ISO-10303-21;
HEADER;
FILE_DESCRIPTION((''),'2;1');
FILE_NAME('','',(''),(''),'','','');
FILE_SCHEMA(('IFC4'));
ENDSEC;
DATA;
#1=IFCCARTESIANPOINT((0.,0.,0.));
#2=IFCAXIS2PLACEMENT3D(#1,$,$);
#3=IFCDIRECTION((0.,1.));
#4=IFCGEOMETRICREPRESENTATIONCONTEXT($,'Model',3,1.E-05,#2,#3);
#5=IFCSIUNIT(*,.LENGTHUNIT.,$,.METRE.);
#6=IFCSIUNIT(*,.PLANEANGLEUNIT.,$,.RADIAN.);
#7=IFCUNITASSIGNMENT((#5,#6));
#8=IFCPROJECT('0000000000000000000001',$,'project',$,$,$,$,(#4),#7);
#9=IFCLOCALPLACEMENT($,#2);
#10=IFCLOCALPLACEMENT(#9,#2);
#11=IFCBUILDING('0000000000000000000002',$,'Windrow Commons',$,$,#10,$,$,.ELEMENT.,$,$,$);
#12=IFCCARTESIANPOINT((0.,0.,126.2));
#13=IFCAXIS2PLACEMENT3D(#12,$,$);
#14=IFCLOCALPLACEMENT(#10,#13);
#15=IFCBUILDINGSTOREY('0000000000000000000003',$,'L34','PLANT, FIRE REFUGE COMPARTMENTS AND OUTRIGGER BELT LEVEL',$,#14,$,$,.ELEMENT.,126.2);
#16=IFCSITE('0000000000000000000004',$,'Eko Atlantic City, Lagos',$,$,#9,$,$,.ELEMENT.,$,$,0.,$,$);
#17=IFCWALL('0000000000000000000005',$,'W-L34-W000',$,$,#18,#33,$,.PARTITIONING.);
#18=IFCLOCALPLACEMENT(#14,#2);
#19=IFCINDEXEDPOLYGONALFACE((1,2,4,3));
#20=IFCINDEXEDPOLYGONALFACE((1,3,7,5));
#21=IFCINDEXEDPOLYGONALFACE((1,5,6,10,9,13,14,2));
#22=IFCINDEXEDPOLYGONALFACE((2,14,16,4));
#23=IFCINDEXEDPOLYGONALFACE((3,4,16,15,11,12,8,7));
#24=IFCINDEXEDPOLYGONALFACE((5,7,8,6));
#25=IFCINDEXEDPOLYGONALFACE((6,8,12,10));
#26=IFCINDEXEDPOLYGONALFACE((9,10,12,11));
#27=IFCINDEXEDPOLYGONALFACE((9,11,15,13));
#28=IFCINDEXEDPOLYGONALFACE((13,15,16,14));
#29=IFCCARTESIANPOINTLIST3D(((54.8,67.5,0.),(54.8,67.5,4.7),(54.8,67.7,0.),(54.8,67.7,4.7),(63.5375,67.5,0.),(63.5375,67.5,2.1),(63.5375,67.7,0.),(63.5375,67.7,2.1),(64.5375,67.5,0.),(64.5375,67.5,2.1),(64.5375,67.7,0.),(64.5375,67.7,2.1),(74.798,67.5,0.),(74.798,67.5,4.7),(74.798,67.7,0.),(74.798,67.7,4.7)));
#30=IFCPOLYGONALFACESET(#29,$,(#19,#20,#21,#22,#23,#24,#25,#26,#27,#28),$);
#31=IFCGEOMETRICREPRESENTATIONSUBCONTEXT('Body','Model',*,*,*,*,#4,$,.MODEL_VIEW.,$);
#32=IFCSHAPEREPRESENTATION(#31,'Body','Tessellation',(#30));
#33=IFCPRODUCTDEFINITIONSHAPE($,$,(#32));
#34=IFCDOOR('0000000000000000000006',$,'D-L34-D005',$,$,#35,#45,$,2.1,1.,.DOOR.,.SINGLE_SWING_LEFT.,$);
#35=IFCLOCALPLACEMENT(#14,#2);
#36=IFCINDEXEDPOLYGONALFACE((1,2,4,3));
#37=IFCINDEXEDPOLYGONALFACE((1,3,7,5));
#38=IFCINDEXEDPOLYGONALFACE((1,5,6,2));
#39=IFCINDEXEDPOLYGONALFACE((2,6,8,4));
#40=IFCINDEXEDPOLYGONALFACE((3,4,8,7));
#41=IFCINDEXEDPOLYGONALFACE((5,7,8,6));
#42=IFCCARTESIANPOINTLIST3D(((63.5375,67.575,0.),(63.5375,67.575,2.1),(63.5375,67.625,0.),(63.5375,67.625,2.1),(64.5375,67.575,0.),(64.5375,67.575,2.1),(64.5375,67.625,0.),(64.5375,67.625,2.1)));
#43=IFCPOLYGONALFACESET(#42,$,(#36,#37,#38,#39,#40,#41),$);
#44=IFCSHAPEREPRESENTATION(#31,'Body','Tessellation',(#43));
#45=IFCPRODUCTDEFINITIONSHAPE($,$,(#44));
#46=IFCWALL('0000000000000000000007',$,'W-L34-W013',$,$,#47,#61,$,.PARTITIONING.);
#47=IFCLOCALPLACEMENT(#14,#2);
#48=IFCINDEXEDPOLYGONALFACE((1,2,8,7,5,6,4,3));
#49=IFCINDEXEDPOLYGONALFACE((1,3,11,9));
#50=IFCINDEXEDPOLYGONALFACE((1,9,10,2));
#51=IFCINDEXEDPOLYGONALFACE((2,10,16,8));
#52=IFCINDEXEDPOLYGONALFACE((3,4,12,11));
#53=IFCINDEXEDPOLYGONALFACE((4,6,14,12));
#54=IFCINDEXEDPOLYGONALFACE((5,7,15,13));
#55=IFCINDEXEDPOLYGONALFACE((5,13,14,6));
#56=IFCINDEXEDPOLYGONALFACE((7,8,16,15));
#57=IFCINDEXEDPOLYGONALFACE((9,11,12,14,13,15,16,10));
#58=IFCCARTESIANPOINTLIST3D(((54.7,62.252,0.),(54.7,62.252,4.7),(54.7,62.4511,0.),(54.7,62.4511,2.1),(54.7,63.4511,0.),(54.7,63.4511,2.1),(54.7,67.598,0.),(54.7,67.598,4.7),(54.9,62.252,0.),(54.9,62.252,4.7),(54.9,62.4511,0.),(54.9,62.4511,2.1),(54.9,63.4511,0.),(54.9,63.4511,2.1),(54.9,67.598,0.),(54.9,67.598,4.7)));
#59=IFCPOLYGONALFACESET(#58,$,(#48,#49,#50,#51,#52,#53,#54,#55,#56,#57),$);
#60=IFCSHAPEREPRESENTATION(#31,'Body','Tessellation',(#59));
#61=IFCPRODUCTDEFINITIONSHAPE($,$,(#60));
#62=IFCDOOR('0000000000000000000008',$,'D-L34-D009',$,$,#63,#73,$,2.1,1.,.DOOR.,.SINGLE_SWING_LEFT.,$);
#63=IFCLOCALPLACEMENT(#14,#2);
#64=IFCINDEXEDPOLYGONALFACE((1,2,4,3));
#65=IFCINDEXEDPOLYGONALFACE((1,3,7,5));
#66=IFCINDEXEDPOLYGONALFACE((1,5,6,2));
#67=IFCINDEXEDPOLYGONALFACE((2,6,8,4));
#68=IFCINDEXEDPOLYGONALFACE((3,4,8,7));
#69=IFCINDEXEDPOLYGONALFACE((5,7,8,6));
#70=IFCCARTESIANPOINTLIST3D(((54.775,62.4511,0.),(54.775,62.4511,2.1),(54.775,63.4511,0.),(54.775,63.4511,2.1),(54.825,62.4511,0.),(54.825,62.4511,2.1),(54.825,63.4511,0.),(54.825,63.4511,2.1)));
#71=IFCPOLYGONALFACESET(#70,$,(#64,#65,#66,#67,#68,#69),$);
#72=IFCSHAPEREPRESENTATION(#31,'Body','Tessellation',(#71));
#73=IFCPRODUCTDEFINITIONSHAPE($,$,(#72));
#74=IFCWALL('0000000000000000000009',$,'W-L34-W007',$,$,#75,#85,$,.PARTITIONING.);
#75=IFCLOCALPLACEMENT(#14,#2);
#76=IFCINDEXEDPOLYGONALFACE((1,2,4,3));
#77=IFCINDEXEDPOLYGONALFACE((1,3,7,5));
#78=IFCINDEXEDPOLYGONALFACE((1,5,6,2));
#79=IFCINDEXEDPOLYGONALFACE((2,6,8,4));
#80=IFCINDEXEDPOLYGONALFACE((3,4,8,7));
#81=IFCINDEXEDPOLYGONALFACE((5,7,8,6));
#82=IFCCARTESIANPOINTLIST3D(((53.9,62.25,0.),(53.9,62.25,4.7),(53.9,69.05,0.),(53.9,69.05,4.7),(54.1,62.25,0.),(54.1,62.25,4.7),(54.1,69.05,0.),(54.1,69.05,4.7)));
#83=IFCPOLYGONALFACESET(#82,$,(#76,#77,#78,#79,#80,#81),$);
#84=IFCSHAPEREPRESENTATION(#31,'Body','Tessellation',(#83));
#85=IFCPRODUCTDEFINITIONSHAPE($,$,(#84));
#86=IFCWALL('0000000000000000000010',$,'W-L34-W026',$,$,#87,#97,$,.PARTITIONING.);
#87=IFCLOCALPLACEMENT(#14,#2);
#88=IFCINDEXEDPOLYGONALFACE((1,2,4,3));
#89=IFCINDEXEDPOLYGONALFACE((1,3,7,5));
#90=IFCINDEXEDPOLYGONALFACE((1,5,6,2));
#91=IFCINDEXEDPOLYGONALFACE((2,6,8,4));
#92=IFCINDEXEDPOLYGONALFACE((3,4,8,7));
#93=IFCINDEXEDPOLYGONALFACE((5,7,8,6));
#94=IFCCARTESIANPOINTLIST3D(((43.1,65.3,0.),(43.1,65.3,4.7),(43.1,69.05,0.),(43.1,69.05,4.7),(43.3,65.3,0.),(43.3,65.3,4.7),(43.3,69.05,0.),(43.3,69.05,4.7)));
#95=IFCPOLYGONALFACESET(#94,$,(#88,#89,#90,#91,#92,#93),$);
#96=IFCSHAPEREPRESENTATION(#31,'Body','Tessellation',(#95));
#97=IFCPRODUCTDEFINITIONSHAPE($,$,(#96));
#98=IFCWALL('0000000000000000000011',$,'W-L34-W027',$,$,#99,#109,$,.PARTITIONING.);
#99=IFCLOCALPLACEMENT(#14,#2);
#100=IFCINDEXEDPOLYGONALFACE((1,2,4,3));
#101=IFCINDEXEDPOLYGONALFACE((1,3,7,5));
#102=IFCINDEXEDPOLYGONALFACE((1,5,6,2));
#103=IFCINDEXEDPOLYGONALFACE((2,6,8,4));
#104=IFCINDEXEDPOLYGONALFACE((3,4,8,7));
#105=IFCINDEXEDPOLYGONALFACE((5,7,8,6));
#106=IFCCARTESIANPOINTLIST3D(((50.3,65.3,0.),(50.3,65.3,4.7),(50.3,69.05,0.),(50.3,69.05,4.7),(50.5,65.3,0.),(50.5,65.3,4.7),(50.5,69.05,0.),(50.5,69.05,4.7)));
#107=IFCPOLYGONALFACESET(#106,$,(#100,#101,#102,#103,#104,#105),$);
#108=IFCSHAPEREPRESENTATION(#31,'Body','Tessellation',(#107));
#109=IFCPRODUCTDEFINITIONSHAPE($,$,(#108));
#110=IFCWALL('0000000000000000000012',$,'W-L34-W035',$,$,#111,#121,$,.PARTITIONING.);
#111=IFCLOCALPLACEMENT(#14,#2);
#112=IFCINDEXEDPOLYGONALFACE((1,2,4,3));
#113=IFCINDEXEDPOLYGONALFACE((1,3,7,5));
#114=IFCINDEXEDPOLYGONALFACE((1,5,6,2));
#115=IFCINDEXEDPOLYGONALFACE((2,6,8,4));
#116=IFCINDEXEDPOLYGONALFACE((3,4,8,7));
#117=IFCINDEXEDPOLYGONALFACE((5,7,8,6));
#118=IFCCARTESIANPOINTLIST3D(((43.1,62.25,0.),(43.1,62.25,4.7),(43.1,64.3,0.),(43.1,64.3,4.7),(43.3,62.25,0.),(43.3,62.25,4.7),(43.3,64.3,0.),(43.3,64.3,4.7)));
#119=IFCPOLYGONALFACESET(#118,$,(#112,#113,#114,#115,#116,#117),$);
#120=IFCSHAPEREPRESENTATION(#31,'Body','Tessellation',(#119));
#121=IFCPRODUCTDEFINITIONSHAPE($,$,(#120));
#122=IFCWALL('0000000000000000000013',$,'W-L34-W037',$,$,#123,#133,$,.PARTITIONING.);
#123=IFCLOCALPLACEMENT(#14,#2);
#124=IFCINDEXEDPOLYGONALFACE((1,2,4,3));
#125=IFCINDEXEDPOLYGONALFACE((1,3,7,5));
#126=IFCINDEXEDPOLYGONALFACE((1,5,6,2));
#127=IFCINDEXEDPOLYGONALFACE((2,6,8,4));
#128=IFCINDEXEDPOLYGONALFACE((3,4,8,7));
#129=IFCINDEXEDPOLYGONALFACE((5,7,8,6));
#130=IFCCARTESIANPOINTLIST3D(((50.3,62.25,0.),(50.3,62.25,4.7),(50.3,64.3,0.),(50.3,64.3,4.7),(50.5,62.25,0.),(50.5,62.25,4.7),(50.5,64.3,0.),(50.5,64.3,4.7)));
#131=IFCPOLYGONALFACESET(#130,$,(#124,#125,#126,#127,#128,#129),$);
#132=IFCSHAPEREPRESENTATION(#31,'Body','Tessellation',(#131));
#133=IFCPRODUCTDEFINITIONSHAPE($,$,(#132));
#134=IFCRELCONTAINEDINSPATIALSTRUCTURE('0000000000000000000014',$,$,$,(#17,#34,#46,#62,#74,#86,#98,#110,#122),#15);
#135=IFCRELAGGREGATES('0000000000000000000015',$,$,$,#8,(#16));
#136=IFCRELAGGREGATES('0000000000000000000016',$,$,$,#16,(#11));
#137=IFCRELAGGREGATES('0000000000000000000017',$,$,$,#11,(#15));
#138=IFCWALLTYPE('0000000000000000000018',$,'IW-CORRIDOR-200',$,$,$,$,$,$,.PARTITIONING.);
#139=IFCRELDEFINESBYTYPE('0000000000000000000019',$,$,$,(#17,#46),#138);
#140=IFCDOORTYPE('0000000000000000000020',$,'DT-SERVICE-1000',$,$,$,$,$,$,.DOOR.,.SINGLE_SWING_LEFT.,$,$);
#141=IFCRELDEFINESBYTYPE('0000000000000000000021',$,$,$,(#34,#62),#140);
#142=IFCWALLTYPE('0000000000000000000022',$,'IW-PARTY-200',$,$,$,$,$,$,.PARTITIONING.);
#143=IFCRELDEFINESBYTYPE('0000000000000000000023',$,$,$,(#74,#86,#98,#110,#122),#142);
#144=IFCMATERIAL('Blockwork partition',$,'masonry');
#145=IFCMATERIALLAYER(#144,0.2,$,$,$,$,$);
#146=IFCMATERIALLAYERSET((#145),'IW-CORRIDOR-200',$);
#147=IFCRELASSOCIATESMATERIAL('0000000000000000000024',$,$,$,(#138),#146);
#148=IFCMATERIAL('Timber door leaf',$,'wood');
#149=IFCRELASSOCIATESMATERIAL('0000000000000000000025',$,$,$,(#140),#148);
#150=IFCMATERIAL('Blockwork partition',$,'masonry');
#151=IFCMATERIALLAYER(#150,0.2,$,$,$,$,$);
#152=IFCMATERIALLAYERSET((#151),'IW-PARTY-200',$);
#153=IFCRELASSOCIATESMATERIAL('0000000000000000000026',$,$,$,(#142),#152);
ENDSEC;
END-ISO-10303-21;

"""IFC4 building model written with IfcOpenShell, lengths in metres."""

from ifc_helpers import new_model, si_unit, direction, frame, frame_2d, origin, place, context, subcontext, project, spatial, rectangle, extrude, material, layer, layer_set, type_object, element, fill, save


model = new_model("IFC4")

# Units and contexts
model_context = context("Model", 3, precision=1e-05, world=origin(), true_north=direction((0.0, 1.0)))
body_context = subcontext(model_context, "Body", "Model", "MODEL_VIEW")
ifc_project = project(units=[si_unit("LENGTHUNIT", "METRE"), si_unit("PLANEANGLEUNIT", "RADIAN")], contexts=[model_context])

# Site, building, storey
site_placement = place(None, origin())
site = spatial("IfcSite", under=ifc_project, at=site_placement, Name="Eko Atlantic City, Lagos", CompositionType="ELEMENT", RefElevation=0.0)
building_placement = place(site_placement, origin())
building = spatial("IfcBuilding", under=site, at=building_placement, Name="Windrow Commons", CompositionType="ELEMENT")
storey_placement = place(building_placement, frame((0.0, 0.0, 126.2)))
storey = spatial("IfcBuildingStorey", under=building, at=storey_placement, Name="L34", Description="PLANT, FIRE REFUGE COMPARTMENTS AND OUTRIGGER BELT LEVEL", CompositionType="ELEMENT", Elevation=126.2)

# Walls, openings, doors
ifc_material_1 = material(Name="Blockwork partition", Category="masonry")
ifc_layer_1 = layer(ifc_material_1, 0.2)
ifc_layer_set_1 = layer_set([ifc_layer_1], Name="IW-CORRIDOR-200")
wall_type_1 = type_object("IfcWallType", Name="IW-CORRIDOR-200", PredefinedType="PARTITIONING", material=ifc_layer_set_1)
wall_1_placement = place(storey_placement, frame((54.8, 67.6, 0.0), z_axis=(0.0, 0.0, 1.0), x_axis=(1.0, 0.0, 0.0)))
wall_1 = element("IfcWall", 1, at=wall_1_placement, inside=storey, type_object=wall_type_1, Name="W-L34-W000", PredefinedType="PARTITIONING", context=body_context, shape_type="SweptSolid", body=[
    extrude(rectangle(XDim=19.998, YDim=0.2, at=frame_2d((9.999, 0.0))), origin(), (0.0, 0.0, 1.0), 4.7),
])
opening_1_placement = place(wall_1_placement, frame((8.7375, 0.0, 0.0)))
opening_1 = element("IfcOpeningElement", 2, at=opening_1_placement, cuts=wall_1, PredefinedType="OPENING", context=body_context, shape_type="SweptSolid", body=[
    extrude(rectangle(XDim=1.0, YDim=2.1, at=frame_2d((0.5, 1.05))), frame((0.0, 0.11, 0.0), z_axis=(0.0, -1.0, 0.0), x_axis=(1.0, 0.0, 0.0)), (0.0, 0.0, 1.0), 0.22),
])
ifc_material_2 = material(Name="Timber door leaf", Category="wood")
door_type = type_object("IfcDoorType", Name="DT-SERVICE-1000", OperationType="SINGLE_SWING_LEFT", PredefinedType="DOOR", material=ifc_material_2)
door_1_placement = place(opening_1_placement, origin())
door_1 = element("IfcDoor", 3, at=door_1_placement, inside=storey, type_object=door_type, Name="D-L34-D005", OperationType="SINGLE_SWING_LEFT", OverallHeight=2.1, OverallWidth=1.0, PredefinedType="DOOR", context=body_context, shape_type="SweptSolid", body=[
    extrude(rectangle(XDim=1.0, YDim=2.1, at=frame_2d((0.5, 1.05))), frame((0.0, 0.025, 0.0), z_axis=(0.0, -1.0, 0.0), x_axis=(1.0, 0.0, 0.0)), (0.0, 0.0, 1.0), 0.05),
])
fill(opening_1, door_1)
wall_2_placement = place(storey_placement, frame((54.8, 62.252, 0.0), z_axis=(0.0, 0.0, 1.0), x_axis=(0.0, 1.0, 0.0)))
wall_2 = element("IfcWall", 4, at=wall_2_placement, inside=storey, type_object=wall_type_1, Name="W-L34-W013", PredefinedType="PARTITIONING", context=body_context, shape_type="SweptSolid", body=[
    extrude(rectangle(XDim=5.346, YDim=0.2, at=frame_2d((2.673, 0.0))), origin(), (0.0, 0.0, 1.0), 4.7),
])
opening_2_placement = place(wall_2_placement, frame((0.1991, 0.0, 0.0)))
opening_2 = element("IfcOpeningElement", 5, at=opening_2_placement, cuts=wall_2, PredefinedType="OPENING", context=body_context, shape_type="SweptSolid", body=[
    extrude(rectangle(XDim=1.0, YDim=2.1, at=frame_2d((0.5, 1.05))), frame((0.0, 0.11, 0.0), z_axis=(0.0, -1.0, 0.0), x_axis=(1.0, 0.0, 0.0)), (0.0, 0.0, 1.0), 0.22),
])
door_2_placement = place(opening_2_placement, origin())
door_2 = element("IfcDoor", 6, at=door_2_placement, inside=storey, type_object=door_type, Name="D-L34-D009", OperationType="SINGLE_SWING_LEFT", OverallHeight=2.1, OverallWidth=1.0, PredefinedType="DOOR", context=body_context, shape_type="SweptSolid", body=[
    extrude(rectangle(XDim=1.0, YDim=2.1, at=frame_2d((0.5, 1.05))), frame((0.0, 0.025, 0.0), z_axis=(0.0, -1.0, 0.0), x_axis=(1.0, 0.0, 0.0)), (0.0, 0.0, 1.0), 0.05),
])
fill(opening_2, door_2)

# Walls
ifc_material_3 = material(Name="Blockwork partition", Category="masonry")
ifc_layer_2 = layer(ifc_material_3, 0.2)
ifc_layer_set_2 = layer_set([ifc_layer_2], Name="IW-PARTY-200")
wall_type_2 = type_object("IfcWallType", Name="IW-PARTY-200", PredefinedType="PARTITIONING", material=ifc_layer_set_2)
wall_3_placement = place(storey_placement, frame((54.0, 62.25, 0.0), z_axis=(0.0, 0.0, 1.0), x_axis=(0.0, 1.0, 0.0)))
element("IfcWall", 7, at=wall_3_placement, inside=storey, type_object=wall_type_2, Name="W-L34-W007", PredefinedType="PARTITIONING", context=body_context, shape_type="SweptSolid", body=[
    extrude(rectangle(XDim=6.8, YDim=0.2, at=frame_2d((3.4, 0.0))), origin(), (0.0, 0.0, 1.0), 4.7),
])
for number, where, z_axis, x_axis, name in (
    (8, (43.2, 65.3, 0.0), (0.0, 0.0, 1.0), (0.0, 1.0, 0.0), "W-L34-W026"),
    (9, (50.4, 65.3, 0.0), (0.0, 0.0, 1.0), (0.0, 1.0, 0.0), "W-L34-W027"),
):
    element("IfcWall", number, at=place(storey_placement, frame(where, z_axis=z_axis, x_axis=x_axis)), inside=storey, type_object=wall_type_2, Name=name, PredefinedType="PARTITIONING", context=body_context, shape_type="SweptSolid", body=[
        extrude(rectangle(XDim=3.75, YDim=0.2, at=frame_2d((1.875, 0.0))), origin(), (0.0, 0.0, 1.0), 4.7),
    ])
for number, where, z_axis, x_axis, name in (
    (10, (43.2, 62.25, 0.0), (0.0, 0.0, 1.0), (0.0, 1.0, 0.0), "W-L34-W035"),
    (11, (50.4, 62.25, 0.0), (0.0, 0.0, 1.0), (0.0, 1.0, 0.0), "W-L34-W037"),
):
    element("IfcWall", number, at=place(storey_placement, frame(where, z_axis=z_axis, x_axis=x_axis)), inside=storey, type_object=wall_type_2, Name=name, PredefinedType="PARTITIONING", context=body_context, shape_type="SweptSolid", body=[
        extrude(rectangle(XDim=2.05, YDim=0.2, at=frame_2d((1.025, 0.0))), origin(), (0.0, 0.0, 1.0), 4.7),
    ])

save(model, "model.ifc")
